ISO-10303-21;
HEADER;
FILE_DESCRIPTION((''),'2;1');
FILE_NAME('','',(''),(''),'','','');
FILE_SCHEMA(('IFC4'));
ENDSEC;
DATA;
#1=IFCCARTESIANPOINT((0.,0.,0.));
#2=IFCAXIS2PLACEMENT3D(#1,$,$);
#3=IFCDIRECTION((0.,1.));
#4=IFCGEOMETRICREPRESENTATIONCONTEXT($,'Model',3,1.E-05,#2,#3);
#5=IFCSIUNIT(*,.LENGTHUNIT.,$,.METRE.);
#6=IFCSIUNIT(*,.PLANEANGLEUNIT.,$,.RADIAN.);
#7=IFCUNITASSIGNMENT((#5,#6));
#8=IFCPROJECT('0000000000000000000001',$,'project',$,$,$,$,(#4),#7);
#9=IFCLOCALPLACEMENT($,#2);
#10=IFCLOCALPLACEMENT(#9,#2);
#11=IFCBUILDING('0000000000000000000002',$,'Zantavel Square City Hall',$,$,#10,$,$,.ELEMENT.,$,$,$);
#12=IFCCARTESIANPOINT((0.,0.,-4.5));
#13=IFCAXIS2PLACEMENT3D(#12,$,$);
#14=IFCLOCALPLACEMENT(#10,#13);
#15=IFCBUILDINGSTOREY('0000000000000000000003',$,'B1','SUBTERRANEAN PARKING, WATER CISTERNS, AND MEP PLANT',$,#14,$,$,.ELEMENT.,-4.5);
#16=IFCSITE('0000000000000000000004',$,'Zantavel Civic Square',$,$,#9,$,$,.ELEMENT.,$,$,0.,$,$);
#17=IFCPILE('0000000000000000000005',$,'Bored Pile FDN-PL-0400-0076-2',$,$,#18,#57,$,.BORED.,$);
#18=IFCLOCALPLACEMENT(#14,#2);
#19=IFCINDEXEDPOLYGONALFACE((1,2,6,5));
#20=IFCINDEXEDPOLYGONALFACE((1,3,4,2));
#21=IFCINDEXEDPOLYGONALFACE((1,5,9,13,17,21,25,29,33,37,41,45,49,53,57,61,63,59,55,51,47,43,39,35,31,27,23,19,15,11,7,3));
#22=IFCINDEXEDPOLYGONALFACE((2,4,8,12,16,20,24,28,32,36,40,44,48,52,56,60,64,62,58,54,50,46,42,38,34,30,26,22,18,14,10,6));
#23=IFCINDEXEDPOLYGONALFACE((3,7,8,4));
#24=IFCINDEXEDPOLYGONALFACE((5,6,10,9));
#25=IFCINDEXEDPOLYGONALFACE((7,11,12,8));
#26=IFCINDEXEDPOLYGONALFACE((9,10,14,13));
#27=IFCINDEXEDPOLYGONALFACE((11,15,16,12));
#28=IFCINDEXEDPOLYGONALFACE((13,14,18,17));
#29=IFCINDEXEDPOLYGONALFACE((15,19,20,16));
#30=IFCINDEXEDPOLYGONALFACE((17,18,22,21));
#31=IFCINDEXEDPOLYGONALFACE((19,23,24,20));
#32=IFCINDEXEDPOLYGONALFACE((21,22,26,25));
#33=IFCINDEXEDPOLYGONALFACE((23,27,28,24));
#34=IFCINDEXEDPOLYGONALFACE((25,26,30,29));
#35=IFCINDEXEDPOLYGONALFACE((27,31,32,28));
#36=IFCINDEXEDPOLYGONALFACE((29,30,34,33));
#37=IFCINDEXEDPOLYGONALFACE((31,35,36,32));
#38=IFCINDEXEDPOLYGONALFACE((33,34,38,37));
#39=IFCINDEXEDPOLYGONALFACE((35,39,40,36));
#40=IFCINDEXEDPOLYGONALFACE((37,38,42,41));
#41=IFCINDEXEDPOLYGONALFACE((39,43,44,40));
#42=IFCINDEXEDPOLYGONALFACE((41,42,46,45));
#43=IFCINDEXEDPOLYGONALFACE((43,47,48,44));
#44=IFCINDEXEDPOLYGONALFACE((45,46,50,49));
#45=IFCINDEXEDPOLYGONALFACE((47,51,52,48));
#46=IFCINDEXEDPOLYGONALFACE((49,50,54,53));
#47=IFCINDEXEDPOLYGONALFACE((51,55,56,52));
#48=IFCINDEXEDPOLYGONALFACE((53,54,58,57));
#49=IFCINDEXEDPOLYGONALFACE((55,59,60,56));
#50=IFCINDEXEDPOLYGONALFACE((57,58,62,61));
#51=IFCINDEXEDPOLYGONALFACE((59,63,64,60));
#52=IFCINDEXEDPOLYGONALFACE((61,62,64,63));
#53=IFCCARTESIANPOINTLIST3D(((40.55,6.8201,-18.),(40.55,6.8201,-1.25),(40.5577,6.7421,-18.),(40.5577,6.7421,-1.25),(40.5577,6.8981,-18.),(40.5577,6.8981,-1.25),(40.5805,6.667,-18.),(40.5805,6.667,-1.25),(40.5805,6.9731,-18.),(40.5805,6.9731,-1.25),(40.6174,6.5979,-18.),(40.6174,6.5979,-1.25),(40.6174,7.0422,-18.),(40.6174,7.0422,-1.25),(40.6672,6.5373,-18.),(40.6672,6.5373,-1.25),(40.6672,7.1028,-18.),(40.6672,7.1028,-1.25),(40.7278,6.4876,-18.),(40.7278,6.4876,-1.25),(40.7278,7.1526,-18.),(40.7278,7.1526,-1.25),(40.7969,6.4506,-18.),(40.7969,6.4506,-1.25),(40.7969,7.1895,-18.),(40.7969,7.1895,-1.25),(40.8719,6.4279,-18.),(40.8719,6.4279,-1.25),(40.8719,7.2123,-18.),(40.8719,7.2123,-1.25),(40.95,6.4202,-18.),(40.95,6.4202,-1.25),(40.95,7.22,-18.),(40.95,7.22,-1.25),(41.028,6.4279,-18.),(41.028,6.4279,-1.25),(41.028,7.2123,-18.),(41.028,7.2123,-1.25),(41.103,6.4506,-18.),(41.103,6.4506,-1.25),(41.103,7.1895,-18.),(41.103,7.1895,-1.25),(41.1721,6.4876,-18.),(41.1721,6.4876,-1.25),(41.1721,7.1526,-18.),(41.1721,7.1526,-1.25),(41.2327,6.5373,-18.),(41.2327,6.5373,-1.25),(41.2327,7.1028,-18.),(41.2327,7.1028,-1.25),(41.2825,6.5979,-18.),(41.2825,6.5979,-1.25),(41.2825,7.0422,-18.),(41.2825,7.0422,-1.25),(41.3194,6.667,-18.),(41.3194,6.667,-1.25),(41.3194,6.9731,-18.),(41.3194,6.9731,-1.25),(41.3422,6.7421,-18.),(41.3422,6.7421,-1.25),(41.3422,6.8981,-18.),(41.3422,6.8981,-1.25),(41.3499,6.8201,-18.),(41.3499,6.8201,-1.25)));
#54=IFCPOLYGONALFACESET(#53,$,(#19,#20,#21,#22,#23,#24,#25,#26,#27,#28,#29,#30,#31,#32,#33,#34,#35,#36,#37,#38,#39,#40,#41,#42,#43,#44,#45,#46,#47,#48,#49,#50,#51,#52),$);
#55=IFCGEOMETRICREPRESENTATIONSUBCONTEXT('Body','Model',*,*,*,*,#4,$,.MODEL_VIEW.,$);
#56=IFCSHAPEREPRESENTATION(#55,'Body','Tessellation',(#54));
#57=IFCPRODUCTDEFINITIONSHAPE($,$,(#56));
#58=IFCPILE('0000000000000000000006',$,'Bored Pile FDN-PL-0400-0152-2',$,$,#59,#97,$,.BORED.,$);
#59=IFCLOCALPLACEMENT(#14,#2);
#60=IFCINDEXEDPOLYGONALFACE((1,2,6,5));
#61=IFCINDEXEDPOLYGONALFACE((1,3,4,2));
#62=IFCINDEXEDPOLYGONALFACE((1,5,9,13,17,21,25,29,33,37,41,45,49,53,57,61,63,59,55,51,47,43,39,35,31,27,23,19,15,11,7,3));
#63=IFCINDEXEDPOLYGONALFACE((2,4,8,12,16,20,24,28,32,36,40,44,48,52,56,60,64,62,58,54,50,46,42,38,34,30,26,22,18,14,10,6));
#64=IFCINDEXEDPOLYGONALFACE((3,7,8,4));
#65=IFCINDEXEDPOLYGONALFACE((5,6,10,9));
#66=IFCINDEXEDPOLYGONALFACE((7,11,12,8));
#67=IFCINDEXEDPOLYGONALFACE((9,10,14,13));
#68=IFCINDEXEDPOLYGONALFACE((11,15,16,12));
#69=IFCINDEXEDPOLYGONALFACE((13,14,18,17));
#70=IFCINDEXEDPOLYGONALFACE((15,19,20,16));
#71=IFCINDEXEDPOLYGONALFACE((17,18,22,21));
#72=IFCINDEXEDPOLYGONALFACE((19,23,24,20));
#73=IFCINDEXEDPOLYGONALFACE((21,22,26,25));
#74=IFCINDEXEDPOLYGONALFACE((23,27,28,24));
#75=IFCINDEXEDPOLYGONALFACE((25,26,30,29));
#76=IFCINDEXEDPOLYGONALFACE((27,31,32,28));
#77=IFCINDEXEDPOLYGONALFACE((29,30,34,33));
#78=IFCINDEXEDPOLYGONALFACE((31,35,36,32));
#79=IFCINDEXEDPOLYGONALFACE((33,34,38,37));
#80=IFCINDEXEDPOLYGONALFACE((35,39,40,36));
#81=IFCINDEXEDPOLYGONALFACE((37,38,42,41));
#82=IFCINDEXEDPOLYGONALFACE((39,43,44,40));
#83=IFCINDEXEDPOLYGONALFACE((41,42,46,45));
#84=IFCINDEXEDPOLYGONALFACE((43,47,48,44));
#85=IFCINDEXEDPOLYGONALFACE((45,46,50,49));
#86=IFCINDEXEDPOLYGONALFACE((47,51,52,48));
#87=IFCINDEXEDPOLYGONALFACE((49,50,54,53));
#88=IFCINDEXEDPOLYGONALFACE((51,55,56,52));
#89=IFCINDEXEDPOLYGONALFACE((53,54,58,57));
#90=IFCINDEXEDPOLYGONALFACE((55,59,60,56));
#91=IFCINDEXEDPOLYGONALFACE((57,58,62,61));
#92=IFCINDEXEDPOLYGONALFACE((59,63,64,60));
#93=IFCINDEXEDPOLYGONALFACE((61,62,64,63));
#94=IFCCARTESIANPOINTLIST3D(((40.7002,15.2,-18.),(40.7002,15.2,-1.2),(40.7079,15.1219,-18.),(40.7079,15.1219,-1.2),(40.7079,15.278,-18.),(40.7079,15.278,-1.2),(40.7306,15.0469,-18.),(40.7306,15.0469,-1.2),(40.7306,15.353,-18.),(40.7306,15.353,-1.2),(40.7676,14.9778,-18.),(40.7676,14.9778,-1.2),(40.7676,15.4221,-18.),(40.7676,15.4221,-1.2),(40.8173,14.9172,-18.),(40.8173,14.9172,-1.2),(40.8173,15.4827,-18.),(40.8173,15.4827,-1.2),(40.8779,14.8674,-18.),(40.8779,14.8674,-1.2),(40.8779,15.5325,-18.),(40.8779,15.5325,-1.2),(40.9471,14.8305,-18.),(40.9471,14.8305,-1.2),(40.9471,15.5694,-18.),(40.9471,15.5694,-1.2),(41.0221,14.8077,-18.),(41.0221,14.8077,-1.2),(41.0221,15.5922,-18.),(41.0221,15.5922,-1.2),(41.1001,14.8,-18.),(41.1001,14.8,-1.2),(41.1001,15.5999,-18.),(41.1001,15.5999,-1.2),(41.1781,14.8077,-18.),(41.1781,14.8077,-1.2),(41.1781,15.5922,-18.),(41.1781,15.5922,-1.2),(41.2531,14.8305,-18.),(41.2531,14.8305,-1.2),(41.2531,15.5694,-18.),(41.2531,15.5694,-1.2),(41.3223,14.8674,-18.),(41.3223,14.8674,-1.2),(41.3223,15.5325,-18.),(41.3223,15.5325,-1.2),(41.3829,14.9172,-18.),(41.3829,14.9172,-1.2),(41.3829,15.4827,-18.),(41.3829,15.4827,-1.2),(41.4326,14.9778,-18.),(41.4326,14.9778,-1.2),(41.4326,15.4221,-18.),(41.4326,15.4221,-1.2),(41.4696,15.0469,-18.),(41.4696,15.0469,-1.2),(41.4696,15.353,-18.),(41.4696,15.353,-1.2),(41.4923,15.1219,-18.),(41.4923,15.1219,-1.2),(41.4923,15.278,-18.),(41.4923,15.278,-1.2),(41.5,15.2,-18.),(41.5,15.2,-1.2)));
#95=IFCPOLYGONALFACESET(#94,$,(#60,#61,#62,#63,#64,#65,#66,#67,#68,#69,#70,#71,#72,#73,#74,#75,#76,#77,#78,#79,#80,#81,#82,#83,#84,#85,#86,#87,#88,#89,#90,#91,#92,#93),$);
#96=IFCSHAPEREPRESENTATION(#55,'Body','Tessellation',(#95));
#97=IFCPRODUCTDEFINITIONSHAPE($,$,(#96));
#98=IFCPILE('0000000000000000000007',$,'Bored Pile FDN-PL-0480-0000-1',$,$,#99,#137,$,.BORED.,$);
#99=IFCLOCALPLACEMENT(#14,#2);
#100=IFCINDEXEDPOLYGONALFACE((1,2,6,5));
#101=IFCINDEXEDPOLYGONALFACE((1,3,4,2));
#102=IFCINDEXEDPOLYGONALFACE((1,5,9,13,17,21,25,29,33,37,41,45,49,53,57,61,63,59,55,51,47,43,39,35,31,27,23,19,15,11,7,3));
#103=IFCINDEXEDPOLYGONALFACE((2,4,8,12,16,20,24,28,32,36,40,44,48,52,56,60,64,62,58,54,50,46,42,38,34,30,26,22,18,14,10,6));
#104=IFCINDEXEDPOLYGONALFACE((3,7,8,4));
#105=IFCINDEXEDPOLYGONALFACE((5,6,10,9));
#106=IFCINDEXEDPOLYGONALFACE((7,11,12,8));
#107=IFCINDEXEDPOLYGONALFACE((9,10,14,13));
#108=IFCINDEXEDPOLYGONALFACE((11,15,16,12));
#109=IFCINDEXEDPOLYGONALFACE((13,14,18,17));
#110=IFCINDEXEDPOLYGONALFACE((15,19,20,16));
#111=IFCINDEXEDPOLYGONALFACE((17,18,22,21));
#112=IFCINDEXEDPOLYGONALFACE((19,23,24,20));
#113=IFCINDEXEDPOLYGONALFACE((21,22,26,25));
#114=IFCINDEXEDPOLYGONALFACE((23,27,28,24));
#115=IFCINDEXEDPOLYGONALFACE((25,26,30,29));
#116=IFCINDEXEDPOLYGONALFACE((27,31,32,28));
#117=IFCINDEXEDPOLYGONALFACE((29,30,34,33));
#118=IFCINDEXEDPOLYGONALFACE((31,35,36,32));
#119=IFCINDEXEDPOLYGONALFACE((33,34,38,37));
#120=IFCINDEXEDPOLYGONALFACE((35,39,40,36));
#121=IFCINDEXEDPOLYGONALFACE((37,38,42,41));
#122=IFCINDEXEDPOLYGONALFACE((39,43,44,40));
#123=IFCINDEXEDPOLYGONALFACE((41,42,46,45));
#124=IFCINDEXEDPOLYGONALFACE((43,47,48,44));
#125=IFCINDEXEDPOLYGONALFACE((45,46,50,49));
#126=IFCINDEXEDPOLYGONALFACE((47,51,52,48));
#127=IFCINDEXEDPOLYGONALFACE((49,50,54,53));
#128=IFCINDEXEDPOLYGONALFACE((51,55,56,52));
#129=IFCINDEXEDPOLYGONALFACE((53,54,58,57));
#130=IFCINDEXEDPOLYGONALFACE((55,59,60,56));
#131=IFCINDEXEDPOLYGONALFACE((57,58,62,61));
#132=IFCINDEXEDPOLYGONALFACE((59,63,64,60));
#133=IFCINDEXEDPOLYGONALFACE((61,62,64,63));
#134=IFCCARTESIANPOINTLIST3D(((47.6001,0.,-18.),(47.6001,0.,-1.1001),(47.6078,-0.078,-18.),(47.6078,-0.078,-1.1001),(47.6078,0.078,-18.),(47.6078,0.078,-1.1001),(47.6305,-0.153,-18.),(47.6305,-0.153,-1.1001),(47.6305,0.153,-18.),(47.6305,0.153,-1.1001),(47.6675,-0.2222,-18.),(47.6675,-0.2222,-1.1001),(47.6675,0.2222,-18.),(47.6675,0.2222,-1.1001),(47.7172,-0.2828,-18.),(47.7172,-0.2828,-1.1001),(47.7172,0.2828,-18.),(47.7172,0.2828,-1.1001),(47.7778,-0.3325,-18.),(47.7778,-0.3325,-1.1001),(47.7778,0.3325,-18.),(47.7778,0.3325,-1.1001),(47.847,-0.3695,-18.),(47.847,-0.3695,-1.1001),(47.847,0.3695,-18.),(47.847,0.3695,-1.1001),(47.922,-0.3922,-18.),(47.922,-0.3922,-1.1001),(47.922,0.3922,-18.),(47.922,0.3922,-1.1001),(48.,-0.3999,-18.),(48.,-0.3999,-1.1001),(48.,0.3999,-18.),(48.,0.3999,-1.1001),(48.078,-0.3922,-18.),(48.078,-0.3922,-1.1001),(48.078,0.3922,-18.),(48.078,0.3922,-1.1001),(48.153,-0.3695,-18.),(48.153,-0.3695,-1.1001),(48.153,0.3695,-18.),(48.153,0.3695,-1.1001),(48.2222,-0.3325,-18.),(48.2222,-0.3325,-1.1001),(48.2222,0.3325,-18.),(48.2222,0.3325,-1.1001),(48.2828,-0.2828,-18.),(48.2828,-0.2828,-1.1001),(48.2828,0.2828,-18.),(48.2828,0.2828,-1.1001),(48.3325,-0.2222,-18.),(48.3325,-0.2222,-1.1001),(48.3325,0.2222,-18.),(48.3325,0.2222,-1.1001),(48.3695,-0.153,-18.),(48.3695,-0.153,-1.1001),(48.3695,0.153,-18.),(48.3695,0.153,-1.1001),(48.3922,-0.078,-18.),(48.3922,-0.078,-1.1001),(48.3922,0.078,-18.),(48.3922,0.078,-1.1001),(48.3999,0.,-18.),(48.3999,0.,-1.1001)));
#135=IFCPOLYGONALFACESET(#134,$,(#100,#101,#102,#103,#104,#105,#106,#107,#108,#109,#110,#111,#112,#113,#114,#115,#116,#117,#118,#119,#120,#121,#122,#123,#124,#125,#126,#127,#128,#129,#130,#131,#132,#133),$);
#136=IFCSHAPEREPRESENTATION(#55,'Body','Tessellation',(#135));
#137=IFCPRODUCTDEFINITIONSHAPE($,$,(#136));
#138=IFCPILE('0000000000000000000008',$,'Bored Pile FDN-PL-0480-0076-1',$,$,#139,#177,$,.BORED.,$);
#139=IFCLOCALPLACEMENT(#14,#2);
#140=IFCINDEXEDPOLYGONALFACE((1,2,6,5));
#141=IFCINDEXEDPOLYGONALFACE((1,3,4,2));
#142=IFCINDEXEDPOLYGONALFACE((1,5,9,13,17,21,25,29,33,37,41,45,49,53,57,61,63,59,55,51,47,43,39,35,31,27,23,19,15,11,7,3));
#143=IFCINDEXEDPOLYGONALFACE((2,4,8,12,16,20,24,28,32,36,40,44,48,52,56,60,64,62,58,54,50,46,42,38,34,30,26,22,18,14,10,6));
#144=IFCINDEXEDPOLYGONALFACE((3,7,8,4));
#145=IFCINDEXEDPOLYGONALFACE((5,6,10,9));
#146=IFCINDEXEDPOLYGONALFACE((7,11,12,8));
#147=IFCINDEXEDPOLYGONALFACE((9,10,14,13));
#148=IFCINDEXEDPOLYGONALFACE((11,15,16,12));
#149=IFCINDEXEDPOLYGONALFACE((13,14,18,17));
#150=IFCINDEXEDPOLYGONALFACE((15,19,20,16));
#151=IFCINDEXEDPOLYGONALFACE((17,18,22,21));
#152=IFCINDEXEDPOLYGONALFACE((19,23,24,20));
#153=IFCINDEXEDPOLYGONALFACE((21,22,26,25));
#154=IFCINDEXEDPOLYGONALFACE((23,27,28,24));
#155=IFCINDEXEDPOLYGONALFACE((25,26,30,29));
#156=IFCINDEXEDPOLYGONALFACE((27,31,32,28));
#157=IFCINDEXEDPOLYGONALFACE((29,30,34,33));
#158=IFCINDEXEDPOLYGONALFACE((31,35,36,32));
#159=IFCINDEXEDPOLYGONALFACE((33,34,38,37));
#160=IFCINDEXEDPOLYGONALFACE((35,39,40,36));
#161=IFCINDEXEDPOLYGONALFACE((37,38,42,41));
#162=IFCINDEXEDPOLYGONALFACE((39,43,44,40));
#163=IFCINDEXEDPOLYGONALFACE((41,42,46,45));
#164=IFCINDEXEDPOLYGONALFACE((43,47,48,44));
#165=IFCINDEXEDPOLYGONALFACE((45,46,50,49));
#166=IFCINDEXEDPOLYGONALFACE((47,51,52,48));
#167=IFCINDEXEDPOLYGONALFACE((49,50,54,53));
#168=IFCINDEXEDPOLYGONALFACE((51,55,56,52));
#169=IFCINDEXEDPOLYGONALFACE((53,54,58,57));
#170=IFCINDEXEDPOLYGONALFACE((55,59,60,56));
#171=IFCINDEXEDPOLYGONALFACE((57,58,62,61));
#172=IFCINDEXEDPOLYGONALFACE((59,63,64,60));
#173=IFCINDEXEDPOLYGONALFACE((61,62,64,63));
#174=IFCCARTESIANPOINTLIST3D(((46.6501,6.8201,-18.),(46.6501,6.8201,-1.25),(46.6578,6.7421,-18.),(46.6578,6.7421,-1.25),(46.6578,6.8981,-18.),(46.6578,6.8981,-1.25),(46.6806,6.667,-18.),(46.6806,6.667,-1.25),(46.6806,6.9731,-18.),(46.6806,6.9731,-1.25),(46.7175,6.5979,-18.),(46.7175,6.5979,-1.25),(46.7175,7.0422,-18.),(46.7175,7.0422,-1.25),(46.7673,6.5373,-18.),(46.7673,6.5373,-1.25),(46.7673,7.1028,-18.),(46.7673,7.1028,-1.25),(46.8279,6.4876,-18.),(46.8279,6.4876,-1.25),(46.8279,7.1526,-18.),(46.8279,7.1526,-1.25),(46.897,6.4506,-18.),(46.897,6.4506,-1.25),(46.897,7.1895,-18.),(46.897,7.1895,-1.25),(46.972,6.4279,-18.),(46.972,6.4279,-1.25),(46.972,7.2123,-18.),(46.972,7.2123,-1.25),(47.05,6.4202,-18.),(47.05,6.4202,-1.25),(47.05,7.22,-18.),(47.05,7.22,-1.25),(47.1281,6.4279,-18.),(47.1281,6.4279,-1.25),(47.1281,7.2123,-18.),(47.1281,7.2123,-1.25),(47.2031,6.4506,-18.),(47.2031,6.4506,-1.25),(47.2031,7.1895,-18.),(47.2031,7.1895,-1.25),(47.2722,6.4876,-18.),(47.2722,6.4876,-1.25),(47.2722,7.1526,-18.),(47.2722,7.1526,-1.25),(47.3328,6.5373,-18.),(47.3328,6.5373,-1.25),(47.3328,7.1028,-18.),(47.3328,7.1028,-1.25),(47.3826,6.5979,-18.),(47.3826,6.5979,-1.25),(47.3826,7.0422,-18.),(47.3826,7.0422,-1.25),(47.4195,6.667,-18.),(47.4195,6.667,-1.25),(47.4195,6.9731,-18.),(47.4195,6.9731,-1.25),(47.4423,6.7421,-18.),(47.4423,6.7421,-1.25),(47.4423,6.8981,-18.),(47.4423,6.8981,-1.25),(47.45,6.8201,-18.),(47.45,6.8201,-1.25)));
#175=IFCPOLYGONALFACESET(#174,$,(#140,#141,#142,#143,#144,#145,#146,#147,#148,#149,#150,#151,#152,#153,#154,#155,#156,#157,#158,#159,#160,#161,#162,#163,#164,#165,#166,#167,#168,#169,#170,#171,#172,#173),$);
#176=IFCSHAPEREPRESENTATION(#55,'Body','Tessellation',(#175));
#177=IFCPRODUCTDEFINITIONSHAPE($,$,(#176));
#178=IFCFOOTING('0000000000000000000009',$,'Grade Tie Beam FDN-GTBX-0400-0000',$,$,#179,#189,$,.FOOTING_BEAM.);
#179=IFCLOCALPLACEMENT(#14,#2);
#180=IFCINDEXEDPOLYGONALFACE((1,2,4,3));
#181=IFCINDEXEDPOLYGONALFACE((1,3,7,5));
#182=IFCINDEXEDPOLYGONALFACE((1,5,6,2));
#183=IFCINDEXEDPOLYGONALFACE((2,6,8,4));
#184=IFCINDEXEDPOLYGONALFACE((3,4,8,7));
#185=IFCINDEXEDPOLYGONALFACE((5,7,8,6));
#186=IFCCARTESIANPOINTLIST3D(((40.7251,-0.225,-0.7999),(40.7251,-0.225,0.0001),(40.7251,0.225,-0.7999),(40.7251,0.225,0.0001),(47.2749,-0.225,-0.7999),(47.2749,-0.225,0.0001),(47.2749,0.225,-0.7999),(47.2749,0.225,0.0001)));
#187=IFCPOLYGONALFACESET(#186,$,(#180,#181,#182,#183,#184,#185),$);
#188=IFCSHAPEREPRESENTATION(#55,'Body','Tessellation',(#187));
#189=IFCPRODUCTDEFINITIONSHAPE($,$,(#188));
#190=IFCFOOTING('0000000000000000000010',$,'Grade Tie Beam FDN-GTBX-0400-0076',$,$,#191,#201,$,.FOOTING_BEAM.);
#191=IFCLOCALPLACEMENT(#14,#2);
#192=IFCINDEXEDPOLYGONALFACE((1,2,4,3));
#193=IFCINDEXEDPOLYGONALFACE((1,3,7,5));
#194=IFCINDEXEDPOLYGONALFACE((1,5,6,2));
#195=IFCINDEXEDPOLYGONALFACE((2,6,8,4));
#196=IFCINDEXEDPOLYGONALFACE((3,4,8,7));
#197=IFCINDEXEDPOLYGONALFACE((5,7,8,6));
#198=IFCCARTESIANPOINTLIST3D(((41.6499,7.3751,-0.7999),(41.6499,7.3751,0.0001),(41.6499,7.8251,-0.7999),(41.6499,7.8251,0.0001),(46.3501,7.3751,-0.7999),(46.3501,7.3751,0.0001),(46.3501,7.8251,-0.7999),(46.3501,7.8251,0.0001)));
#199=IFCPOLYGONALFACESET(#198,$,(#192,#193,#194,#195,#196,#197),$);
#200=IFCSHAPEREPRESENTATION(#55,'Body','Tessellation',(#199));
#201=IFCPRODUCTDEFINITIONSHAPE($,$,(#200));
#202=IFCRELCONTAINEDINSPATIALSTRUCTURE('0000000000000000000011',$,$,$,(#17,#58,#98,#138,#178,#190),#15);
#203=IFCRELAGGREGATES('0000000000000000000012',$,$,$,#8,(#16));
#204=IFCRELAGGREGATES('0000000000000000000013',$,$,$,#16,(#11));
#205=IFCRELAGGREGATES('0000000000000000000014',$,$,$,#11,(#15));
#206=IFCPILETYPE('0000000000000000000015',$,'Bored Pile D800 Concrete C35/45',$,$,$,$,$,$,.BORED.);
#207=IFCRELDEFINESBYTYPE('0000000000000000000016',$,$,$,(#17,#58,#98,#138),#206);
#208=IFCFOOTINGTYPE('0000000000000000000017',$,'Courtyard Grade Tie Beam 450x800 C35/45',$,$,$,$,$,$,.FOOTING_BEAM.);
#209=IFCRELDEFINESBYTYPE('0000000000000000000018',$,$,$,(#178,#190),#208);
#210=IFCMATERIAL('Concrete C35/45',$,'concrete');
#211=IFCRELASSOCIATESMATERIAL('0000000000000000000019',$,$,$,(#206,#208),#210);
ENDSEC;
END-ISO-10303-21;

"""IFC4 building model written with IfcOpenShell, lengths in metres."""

from ifc_helpers import new_model, si_unit, direction, frame, origin, origin_2d, place, context, subcontext, project, spatial, rectangle, circle, extrude, material, material_profile, profile_set, type_object, element, save


model = new_model("IFC4")

# Units and contexts
model_context = context("Model", 3, precision=1e-05, world=origin(), true_north=direction((0.0, 1.0)))
body_context = subcontext(model_context, "Body", "Model", "MODEL_VIEW")
ifc_project = project(units=[si_unit("LENGTHUNIT", "METRE"), si_unit("PLANEANGLEUNIT", "RADIAN")], contexts=[model_context])

# Site, building, storey
site_placement = place(None, origin())
site = spatial("IfcSite", under=ifc_project, at=site_placement, Name="Zantavel Civic Square", CompositionType="ELEMENT", RefElevation=0.0)
building_placement = place(site_placement, origin())
building = spatial("IfcBuilding", under=site, at=building_placement, Name="Zantavel Square City Hall", CompositionType="ELEMENT")
storey_placement = place(building_placement, frame((0.0, 0.0, -4.5)))
storey = spatial("IfcBuildingStorey", under=building, at=storey_placement, Name="B1", Description="SUBTERRANEAN PARKING, WATER CISTERNS, AND MEP PLANT", CompositionType="ELEMENT", Elevation=-4.5)

# Piles
ifc_material_1 = material(Name="Concrete C35/45", Category="concrete")
ifc_material_profile_1 = material_profile(ifc_material_1, circle(Radius=0.3999, at=origin_2d()), Name="PILE D800")
ifc_profile_set_1 = profile_set([ifc_material_profile_1], Name="Concrete C35/45")
pile_type = type_object("IfcPileType", Name="Bored Pile D800 Concrete C35/45", PredefinedType="BORED", material=ifc_profile_set_1)
pile_1_placement = place(storey_placement, frame((40.95, 6.8201, -1.25), z_axis=(0.0, 0.0, -1.0), x_axis=(1.0, 0.0, 0.0)))
element("IfcPile", 1, at=pile_1_placement, inside=storey, type_object=pile_type, Name="Bored Pile FDN-PL-0400-0076-2", PredefinedType="BORED", context=body_context, shape_type="SweptSolid", body=[
    extrude(circle(Radius=0.3999, at=origin_2d()), origin(), (0.0, 0.0, 1.0), 16.75),
])
pile_2_placement = place(storey_placement, frame((41.1001, 15.2, -1.2), z_axis=(0.0, 0.0, -1.0), x_axis=(1.0, 0.0, 0.0)))
element("IfcPile", 2, at=pile_2_placement, inside=storey, type_object=pile_type, Name="Bored Pile FDN-PL-0400-0152-2", PredefinedType="BORED", context=body_context, shape_type="SweptSolid", body=[
    extrude(circle(Radius=0.3999, at=origin_2d()), origin(), (0.0, 0.0, 1.0), 16.8),
])
pile_3_placement = place(storey_placement, frame((48.0, 0.0, -1.1001), z_axis=(0.0, 0.0, -1.0), x_axis=(1.0, 0.0, 0.0)))
element("IfcPile", 3, at=pile_3_placement, inside=storey, type_object=pile_type, Name="Bored Pile FDN-PL-0480-0000-1", PredefinedType="BORED", context=body_context, shape_type="SweptSolid", body=[
    extrude(circle(Radius=0.3999, at=origin_2d()), origin(), (0.0, 0.0, 1.0), 16.8999),
])
pile_4_placement = place(storey_placement, frame((47.05, 6.8201, -1.25), z_axis=(0.0, 0.0, -1.0), x_axis=(1.0, 0.0, 0.0)))
element("IfcPile", 4, at=pile_4_placement, inside=storey, type_object=pile_type, Name="Bored Pile FDN-PL-0480-0076-1", PredefinedType="BORED", context=body_context, shape_type="SweptSolid", body=[
    extrude(circle(Radius=0.3999, at=origin_2d()), origin(), (0.0, 0.0, 1.0), 16.75),
])

# Footings
ifc_material_profile_2 = material_profile(ifc_material_1, rectangle(XDim=0.45, YDim=0.8, at=origin_2d()), Name="RC 450x800")
ifc_profile_set_2 = profile_set([ifc_material_profile_2], Name="Concrete C35/45")
footing_type_1 = type_object("IfcFootingType", Name="Courtyard Grade Tie Beam 450x800 C35/45", PredefinedType="FOOTING_BEAM", material=ifc_profile_set_2)
footing_1_placement = place(storey_placement, frame((40.7251, 0.0, -0.3999), z_axis=(1.0, 0.0, 0.0), x_axis=(0.0, 1.0, 0.0)))
element("IfcFooting", 5, at=footing_1_placement, inside=storey, type_object=footing_type_1, Name="Grade Tie Beam FDN-GTBX-0400-0000", PredefinedType="FOOTING_BEAM", context=body_context, shape_type="SweptSolid", body=[
    extrude(rectangle(XDim=0.45, YDim=0.8, at=origin_2d()), origin(), (0.0, 0.0, 1.0), 6.5498),
])
footing_2_placement = place(storey_placement, frame((41.6499, 7.6001, -0.3999), z_axis=(1.0, 0.0, 0.0), x_axis=(0.0, 1.0, 0.0)))
element("IfcFooting", 6, at=footing_2_placement, inside=storey, type_object=footing_type_1, Name="Grade Tie Beam FDN-GTBX-0400-0076", PredefinedType="FOOTING_BEAM", context=body_context, shape_type="SweptSolid", body=[
    extrude(rectangle(XDim=0.45, YDim=0.8, at=origin_2d()), origin(), (0.0, 0.0, 1.0), 4.7002),
])

save(model, "model.ifc")
